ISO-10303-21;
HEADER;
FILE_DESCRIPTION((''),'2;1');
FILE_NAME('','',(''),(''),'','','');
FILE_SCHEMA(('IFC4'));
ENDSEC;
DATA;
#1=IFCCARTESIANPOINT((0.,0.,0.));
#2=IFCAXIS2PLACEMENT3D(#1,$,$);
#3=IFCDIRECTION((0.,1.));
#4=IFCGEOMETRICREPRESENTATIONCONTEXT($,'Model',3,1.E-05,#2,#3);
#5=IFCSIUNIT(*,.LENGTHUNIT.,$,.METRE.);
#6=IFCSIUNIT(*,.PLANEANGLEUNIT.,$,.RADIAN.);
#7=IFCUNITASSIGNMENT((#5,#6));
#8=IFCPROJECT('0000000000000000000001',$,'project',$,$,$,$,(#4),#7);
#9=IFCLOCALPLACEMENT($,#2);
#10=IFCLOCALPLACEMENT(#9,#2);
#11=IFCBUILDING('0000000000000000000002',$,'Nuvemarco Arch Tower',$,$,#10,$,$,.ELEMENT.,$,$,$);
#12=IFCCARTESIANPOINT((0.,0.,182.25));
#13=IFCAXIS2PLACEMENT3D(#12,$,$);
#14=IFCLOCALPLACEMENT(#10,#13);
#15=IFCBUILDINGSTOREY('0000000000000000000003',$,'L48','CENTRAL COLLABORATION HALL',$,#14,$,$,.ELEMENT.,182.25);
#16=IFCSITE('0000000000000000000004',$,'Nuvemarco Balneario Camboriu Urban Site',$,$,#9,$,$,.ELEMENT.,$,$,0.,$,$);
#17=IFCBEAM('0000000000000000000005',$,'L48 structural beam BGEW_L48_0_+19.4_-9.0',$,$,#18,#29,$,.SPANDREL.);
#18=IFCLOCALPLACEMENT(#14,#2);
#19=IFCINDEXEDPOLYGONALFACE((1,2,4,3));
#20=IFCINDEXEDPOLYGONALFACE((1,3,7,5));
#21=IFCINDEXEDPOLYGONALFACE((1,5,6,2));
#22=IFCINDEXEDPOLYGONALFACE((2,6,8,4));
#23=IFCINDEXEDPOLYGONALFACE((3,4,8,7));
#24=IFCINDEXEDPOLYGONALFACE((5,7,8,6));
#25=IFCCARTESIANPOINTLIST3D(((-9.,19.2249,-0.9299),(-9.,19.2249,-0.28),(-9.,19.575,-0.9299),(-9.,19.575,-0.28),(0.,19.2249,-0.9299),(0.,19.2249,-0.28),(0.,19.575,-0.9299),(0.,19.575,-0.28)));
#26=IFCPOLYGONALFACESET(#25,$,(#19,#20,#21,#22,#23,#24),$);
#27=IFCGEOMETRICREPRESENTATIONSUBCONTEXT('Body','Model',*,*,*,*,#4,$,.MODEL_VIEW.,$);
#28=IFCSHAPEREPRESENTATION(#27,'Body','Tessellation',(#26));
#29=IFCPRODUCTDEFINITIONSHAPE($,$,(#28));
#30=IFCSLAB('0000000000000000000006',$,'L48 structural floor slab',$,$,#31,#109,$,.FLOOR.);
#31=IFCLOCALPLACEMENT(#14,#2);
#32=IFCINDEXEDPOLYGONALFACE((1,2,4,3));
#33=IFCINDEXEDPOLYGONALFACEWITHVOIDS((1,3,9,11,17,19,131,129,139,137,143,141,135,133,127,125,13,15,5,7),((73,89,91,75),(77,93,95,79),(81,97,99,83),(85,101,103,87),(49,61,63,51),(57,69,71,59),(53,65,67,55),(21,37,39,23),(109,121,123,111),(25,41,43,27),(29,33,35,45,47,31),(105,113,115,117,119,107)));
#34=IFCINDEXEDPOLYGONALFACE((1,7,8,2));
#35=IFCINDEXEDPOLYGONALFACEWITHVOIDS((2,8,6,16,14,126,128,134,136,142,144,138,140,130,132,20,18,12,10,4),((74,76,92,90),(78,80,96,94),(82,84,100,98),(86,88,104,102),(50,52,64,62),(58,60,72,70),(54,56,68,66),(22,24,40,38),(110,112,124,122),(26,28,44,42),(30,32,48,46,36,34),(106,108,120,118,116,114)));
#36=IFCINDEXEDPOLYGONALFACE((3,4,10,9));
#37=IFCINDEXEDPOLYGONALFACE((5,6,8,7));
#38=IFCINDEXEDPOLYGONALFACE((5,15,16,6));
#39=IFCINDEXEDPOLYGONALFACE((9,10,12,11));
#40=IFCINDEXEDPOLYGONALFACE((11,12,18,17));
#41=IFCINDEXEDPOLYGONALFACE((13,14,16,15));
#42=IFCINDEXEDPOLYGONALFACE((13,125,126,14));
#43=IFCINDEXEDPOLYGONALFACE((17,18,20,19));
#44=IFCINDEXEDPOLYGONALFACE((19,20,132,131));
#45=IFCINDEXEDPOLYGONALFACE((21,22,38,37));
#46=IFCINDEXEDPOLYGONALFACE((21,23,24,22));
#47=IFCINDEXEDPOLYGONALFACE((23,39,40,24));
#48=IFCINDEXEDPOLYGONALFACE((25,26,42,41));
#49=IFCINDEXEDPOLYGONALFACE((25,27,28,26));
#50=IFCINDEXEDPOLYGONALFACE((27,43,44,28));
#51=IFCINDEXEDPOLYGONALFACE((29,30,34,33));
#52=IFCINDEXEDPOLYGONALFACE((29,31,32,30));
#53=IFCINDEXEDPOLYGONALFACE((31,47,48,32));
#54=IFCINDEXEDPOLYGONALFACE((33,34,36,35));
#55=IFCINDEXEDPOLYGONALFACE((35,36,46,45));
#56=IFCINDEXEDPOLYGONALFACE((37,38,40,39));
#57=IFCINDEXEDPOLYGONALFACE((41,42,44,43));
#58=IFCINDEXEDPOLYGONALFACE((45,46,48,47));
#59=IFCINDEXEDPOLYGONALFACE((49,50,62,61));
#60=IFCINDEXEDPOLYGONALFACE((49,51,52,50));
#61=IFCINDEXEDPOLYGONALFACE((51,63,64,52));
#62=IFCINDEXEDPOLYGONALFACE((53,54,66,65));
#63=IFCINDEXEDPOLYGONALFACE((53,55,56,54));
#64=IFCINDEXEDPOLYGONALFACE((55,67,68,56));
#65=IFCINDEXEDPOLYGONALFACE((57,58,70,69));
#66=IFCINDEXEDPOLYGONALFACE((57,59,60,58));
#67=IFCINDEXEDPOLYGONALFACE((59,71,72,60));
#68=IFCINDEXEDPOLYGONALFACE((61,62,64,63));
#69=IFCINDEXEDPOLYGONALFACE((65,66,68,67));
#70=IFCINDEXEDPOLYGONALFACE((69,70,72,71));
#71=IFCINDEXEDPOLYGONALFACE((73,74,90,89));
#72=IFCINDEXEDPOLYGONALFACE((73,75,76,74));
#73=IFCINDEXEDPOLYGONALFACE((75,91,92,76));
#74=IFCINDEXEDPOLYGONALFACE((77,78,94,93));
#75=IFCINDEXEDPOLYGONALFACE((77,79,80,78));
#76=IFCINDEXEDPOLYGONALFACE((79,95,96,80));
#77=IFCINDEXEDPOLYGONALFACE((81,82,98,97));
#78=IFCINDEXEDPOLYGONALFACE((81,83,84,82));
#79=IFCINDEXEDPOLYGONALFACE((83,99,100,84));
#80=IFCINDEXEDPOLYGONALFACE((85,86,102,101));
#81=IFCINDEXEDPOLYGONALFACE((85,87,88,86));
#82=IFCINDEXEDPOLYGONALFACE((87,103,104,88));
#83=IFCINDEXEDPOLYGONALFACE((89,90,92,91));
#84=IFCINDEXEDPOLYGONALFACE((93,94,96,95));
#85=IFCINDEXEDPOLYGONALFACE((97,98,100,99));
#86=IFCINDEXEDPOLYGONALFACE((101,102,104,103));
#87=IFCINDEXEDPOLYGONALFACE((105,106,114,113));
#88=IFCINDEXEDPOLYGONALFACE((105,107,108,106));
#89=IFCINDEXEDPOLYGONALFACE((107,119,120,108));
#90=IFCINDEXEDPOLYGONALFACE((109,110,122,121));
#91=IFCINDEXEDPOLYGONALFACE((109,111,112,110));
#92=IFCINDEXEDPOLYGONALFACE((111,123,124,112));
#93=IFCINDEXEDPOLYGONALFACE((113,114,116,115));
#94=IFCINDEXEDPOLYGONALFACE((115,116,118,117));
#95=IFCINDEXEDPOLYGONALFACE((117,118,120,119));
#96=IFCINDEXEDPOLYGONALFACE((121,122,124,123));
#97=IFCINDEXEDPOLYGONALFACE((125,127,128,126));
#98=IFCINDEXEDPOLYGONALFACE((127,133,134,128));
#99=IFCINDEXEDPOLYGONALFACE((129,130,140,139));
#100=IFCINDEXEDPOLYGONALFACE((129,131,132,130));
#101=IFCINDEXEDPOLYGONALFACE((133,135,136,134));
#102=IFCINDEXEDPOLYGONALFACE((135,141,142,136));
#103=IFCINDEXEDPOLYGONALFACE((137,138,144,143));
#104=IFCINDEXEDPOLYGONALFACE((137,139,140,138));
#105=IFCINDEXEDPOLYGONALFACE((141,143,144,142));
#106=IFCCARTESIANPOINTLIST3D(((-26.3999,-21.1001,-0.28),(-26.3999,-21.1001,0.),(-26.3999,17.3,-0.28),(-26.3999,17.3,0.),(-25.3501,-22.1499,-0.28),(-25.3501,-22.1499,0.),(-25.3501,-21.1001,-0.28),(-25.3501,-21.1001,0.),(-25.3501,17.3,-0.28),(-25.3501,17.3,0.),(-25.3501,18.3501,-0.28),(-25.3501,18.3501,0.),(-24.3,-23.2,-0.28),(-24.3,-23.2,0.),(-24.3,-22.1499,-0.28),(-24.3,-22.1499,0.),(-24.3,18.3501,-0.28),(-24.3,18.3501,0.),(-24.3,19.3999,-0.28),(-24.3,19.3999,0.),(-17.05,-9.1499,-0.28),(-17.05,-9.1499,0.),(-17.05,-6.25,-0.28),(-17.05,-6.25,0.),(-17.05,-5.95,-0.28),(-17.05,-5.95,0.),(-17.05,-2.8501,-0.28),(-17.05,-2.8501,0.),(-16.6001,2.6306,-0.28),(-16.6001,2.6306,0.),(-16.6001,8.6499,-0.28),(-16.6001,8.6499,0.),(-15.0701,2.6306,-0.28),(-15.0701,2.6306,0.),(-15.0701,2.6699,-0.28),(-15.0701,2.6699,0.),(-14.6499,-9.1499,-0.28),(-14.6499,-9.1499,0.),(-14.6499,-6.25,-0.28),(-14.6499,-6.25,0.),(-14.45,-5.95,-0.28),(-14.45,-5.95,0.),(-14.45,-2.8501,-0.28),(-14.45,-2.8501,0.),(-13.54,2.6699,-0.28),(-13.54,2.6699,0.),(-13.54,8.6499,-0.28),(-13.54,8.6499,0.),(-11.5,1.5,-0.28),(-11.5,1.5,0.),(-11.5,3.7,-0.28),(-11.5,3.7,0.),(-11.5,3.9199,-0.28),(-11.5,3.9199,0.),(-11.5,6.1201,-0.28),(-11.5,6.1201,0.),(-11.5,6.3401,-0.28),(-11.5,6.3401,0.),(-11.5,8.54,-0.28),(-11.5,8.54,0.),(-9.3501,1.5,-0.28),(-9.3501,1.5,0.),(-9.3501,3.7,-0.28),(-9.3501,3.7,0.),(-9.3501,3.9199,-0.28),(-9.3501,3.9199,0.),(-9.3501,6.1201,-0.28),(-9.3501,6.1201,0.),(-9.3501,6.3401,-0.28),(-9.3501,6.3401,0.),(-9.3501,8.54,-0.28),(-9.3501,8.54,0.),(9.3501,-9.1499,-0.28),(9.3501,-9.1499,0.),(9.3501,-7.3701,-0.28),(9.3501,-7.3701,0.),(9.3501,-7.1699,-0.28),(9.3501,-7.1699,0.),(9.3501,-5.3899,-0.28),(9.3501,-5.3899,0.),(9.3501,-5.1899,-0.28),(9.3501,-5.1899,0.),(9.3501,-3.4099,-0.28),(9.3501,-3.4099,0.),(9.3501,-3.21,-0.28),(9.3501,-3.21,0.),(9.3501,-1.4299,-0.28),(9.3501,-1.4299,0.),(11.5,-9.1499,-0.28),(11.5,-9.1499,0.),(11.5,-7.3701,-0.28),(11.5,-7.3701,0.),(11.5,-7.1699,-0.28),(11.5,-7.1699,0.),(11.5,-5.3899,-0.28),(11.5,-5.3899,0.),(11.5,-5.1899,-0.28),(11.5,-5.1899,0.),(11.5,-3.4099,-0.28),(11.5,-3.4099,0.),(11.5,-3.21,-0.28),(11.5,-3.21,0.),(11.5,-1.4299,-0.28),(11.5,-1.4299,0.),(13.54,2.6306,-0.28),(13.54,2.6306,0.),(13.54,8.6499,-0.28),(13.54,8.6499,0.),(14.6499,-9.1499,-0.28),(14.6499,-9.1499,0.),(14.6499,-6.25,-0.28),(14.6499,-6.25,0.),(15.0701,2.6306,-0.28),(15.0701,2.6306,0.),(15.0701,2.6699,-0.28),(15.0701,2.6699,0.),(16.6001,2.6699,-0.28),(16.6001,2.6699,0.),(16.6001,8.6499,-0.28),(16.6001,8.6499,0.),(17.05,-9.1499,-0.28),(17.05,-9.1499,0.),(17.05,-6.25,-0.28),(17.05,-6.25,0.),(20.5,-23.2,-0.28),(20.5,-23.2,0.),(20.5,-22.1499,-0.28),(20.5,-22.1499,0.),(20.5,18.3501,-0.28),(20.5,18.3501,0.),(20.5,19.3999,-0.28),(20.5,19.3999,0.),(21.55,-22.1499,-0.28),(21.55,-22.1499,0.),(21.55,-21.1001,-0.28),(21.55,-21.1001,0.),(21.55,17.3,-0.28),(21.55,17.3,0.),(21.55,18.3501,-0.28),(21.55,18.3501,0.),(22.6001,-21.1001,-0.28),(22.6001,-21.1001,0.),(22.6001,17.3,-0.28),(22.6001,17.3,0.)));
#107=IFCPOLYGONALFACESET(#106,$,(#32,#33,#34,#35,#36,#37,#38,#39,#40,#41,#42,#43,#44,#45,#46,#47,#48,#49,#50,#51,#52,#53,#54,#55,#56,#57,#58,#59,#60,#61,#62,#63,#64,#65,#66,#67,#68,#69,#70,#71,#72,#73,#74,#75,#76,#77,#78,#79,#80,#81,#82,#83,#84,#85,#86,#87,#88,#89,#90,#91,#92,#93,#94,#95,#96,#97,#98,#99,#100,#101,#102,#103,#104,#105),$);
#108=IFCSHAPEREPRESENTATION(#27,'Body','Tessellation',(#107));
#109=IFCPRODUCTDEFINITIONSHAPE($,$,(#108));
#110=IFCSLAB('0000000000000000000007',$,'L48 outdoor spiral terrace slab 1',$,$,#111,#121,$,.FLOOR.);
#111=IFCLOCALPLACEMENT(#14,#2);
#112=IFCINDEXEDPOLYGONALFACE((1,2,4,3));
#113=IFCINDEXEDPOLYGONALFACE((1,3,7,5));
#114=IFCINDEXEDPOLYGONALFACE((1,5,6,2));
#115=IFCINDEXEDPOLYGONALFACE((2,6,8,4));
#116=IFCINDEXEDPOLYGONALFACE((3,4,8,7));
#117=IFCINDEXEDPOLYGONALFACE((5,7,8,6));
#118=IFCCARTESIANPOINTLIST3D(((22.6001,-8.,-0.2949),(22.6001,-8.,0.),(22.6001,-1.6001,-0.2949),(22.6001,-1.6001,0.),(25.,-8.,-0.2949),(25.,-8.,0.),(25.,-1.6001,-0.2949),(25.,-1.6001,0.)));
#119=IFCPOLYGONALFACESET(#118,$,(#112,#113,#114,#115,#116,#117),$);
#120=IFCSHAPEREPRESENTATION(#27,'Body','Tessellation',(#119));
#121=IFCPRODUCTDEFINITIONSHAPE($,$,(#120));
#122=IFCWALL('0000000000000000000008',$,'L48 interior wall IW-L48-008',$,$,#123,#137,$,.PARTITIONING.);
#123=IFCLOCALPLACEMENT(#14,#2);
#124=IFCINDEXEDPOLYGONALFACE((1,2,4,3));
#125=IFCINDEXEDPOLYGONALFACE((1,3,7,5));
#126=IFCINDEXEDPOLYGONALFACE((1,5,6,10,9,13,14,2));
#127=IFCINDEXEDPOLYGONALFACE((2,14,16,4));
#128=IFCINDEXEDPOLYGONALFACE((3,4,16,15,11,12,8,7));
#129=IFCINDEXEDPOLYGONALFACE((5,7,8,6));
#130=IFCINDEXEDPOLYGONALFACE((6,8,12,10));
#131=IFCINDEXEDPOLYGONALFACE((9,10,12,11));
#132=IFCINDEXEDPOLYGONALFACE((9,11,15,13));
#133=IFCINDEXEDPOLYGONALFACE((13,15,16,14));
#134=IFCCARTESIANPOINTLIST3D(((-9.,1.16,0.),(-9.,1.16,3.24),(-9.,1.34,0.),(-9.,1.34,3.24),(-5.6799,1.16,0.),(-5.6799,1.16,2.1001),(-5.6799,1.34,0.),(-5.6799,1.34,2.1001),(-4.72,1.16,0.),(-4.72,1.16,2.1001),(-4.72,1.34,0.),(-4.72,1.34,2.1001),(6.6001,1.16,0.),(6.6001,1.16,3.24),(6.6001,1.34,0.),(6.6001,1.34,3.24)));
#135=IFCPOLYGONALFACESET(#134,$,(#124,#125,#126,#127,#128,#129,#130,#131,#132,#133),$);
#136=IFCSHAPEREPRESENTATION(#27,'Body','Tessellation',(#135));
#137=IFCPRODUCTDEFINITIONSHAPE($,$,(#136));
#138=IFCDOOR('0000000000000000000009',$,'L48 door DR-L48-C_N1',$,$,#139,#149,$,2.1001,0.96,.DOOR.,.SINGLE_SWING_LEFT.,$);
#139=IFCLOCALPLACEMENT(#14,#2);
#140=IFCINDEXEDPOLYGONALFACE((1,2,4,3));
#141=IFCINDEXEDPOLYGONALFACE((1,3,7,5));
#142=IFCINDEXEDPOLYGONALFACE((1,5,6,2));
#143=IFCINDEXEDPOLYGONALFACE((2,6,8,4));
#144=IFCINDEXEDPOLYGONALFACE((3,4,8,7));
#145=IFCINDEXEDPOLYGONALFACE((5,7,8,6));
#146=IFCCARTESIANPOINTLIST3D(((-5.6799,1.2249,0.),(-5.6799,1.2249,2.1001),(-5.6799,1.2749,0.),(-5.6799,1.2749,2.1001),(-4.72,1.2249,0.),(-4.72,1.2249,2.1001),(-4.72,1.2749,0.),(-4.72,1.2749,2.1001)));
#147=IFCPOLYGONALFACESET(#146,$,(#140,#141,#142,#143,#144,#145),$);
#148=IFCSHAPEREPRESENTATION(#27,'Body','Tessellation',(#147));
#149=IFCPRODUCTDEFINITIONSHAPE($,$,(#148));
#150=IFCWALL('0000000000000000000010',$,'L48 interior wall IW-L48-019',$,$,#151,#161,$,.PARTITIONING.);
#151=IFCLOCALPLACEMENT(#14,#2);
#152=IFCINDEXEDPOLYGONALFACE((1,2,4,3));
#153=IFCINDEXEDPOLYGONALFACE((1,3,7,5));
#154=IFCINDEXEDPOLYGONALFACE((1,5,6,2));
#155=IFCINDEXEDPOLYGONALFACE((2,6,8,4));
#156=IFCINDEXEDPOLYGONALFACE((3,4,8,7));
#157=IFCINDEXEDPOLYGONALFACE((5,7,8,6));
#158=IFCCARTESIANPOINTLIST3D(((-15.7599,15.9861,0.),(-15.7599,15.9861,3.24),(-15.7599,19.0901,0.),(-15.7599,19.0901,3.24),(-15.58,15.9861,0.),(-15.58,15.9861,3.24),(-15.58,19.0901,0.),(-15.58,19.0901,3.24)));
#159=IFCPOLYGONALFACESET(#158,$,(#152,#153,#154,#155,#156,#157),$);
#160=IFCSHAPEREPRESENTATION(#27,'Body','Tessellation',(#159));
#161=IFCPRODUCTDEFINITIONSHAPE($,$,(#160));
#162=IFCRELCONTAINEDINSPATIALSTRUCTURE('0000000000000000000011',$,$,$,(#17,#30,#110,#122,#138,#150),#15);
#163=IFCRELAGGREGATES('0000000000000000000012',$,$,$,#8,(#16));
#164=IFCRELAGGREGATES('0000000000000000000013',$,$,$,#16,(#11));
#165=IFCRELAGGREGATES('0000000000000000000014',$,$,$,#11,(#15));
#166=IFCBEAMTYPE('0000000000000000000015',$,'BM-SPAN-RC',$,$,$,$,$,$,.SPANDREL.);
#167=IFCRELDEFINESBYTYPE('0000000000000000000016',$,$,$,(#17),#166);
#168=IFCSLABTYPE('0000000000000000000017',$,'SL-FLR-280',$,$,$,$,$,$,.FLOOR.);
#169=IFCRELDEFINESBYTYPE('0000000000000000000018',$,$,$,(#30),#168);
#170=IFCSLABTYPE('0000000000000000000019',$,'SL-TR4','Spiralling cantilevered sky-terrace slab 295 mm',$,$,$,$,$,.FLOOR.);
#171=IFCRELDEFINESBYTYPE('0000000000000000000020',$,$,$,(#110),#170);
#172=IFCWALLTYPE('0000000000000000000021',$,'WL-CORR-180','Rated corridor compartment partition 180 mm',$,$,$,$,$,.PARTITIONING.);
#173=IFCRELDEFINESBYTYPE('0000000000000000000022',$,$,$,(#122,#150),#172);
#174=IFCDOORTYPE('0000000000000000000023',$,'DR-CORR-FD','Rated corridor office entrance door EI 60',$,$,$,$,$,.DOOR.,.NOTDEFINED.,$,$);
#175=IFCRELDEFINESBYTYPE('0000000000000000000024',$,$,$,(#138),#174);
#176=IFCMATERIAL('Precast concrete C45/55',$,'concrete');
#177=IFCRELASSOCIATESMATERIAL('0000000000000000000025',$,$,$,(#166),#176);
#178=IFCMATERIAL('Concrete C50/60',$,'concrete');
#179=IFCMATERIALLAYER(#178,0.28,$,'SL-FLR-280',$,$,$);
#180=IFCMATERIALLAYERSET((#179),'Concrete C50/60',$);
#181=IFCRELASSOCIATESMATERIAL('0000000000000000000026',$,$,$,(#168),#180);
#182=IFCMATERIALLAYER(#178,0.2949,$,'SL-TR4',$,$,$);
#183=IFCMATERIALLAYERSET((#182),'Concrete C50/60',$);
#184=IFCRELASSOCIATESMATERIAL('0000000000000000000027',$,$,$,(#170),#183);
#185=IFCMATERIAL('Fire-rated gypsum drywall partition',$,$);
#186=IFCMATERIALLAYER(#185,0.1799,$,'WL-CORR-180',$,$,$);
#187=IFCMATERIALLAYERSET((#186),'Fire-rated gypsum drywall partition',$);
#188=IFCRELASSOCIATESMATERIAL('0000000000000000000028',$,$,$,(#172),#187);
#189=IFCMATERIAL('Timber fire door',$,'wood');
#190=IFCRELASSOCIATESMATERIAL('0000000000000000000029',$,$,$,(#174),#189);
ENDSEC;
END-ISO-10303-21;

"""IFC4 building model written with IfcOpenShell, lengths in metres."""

from ifc_helpers import new_model, si_unit, direction, frame, frame_2d, origin, origin_2d, place, context, subcontext, project, spatial, polyline, rectangle, outline, extrude, source, transform, mapped, material, layer, layer_set, material_profile, profile_set, type_object, type_shapes, element, fill, save


model = new_model("IFC4")

# Units and contexts
model_context = context("Model", 3, precision=1e-05, world=origin(), true_north=direction((0.0, 1.0)))
body_context = subcontext(model_context, "Body", "Model", "MODEL_VIEW")
ifc_project = project(units=[si_unit("LENGTHUNIT", "METRE"), si_unit("PLANEANGLEUNIT", "RADIAN")], contexts=[model_context])

# Site, building, storey
site_placement = place(None, origin())
site = spatial("IfcSite", under=ifc_project, at=site_placement, Name="Nuvemarco Balneario Camboriu Urban Site", CompositionType="ELEMENT", RefElevation=0.0)
building_placement = place(site_placement, origin())
building = spatial("IfcBuilding", under=site, at=building_placement, Name="Nuvemarco Arch Tower", CompositionType="ELEMENT")
storey_placement = place(building_placement, frame((0.0, 0.0, 182.25)))
storey = spatial("IfcBuildingStorey", under=building, at=storey_placement, Name="L48", Description="CENTRAL COLLABORATION HALL", CompositionType="ELEMENT", Elevation=182.25)

# Shared definitions
ifc_material_1 = material(Name="Concrete C50/60", Category="concrete")

# Beam
ifc_material_2 = material(Name="Precast concrete C45/55", Category="concrete")
ifc_material_profile_1 = material_profile(ifc_material_2, rectangle(XDim=0.3501, YDim=0.6499, at=origin_2d()), Name="PC-SP-350x650")
ifc_profile_set_1 = profile_set([ifc_material_profile_1], Name="Precast concrete C45/55")
beam_type_1 = type_object("IfcBeamType", Name="BM-SPAN-RC", PredefinedType="SPANDREL", material=ifc_profile_set_1)
beam_1_placement = place(storey_placement, frame((-9.0, 19.3999, -0.605), z_axis=(1.0, 0.0, 0.0), x_axis=(0.0, 1.0, 0.0)))
element("IfcBeam", 1, at=beam_1_placement, inside=storey, type_object=beam_type_1, Name="L48 structural beam BGEW_L48_0_+19.4_-9.0", PredefinedType="SPANDREL", context=body_context, shape_type="SweptSolid", body=[
    extrude(rectangle(XDim=0.3501, YDim=0.6499, at=origin_2d()), origin(), (0.0, 0.0, 1.0), 9.0),
])

# Slabs
ifc_layer_1 = layer(ifc_material_1, 0.28, Name="SL-FLR-280")
ifc_layer_set_1 = layer_set([ifc_layer_1], Name="Concrete C50/60")
slab_type_1 = type_object("IfcSlabType", Name="SL-FLR-280", PredefinedType="FLOOR", material=ifc_layer_set_1)
slab_1_placement = place(storey_placement, frame((0.0, 0.0, -0.28)))
element("IfcSlab", 2, at=slab_1_placement, inside=storey, type_object=slab_type_1, Name="L48 structural floor slab", PredefinedType="FLOOR", context=body_context, shape_type="SweptSolid", body=[
    extrude(outline(polyline([(-24.3, -23.2), (20.5, -23.2), (20.5, -22.1499), (21.55, -22.1499), (21.55, -21.1001), (22.6001, -21.1001), (22.6001, 17.3), (21.55, 17.3), (21.55, 18.3501), (20.5, 18.3501), (20.5, 19.3999), (-24.3, 19.3999), (-24.3, 18.3501), (-25.3501, 18.3501), (-25.3501, 17.3), (-26.3999, 17.3), (-26.3999, -21.1001), (-25.3501, -21.1001), (-25.3501, -22.1499), (-24.3, -22.1499), (-24.3, -23.2)]), holes=[polyline([(-13.54, 2.6699), (-13.54, 8.6499), (-16.6001, 8.6499), (-16.6001, 2.6306), (-15.0701, 2.6306), (-15.0701, 2.6699), (-13.54, 2.6699)]), polyline([(16.6001, 2.6699), (16.6001, 8.6499), (13.54, 8.6499), (13.54, 2.6306), (15.0701, 2.6306), (15.0701, 2.6699), (16.6001, 2.6699)]), polyline([(-17.05, -9.1499), (-14.6499, -9.1499), (-14.6499, -6.25), (-17.05, -6.25), (-17.05, -9.1499)]), polyline([(-17.05, -5.95), (-14.45, -5.95), (-14.45, -2.8501), (-17.05, -2.8501), (-17.05, -5.95)]), polyline([(-11.5, 1.5), (-9.3501, 1.5), (-9.3501, 3.7), (-11.5, 3.7), (-11.5, 1.5)]), polyline([(-11.5, 3.9199), (-9.3501, 3.9199), (-9.3501, 6.1201), (-11.5, 6.1201), (-11.5, 3.9199)]), polyline([(-11.5, 6.3401), (-9.3501, 6.3401), (-9.3501, 8.54), (-11.5, 8.54), (-11.5, 6.3401)]), polyline([(14.6499, -9.1499), (17.05, -9.1499), (17.05, -6.25), (14.6499, -6.25), (14.6499, -9.1499)]), polyline([(9.3501, -9.1499), (11.5, -9.1499), (11.5, -7.3701), (9.3501, -7.3701), (9.3501, -9.1499)]), polyline([(9.3501, -7.1699), (11.5, -7.1699), (11.5, -5.3899), (9.3501, -5.3899), (9.3501, -7.1699)]), polyline([(9.3501, -5.1899), (11.5, -5.1899), (11.5, -3.4099), (9.3501, -3.4099), (9.3501, -5.1899)]), polyline([(9.3501, -3.21), (11.5, -3.21), (11.5, -1.4299), (9.3501, -1.4299), (9.3501, -3.21)])]), origin(), (0.0, 0.0, 1.0), 0.28),
])
ifc_layer_2 = layer(ifc_material_1, 0.2949, Name="SL-TR4")
ifc_layer_set_2 = layer_set([ifc_layer_2], Name="Concrete C50/60")
slab_type_2 = type_object("IfcSlabType", Name="SL-TR4", Description="Spiralling cantilevered sky-terrace slab 295 mm", PredefinedType="FLOOR", material=ifc_layer_set_2)
slab_2_placement = place(storey_placement, frame((0.0, 0.0, -0.2949)))
element("IfcSlab", 3, at=slab_2_placement, inside=storey, type_object=slab_type_2, Name="L48 outdoor spiral terrace slab 1", PredefinedType="FLOOR", context=body_context, shape_type="SweptSolid", body=[
    extrude(outline(polyline([(22.6001, -8.0), (25.0, -8.0), (25.0, -1.6001), (22.6001, -1.6001), (22.6001, -8.0)])), origin(), (0.0, 0.0, 1.0), 0.2949),
])

# Wall, opening, door
ifc_material_3 = material(Name="Fire-rated gypsum drywall partition")
ifc_layer_3 = layer(ifc_material_3, 0.1799, Name="WL-CORR-180")
ifc_layer_set_3 = layer_set([ifc_layer_3], Name="Fire-rated gypsum drywall partition")
wall_type_1 = type_object("IfcWallType", Name="WL-CORR-180", Description="Rated corridor compartment partition 180 mm", PredefinedType="PARTITIONING", material=ifc_layer_set_3)
wall_1_placement = place(storey_placement, frame((-9.0, 1.25, 0.0), z_axis=(0.0, 0.0, 1.0), x_axis=(1.0, 0.0, 0.0)))
wall_1 = element("IfcWall", 4, at=wall_1_placement, inside=storey, type_object=wall_type_1, Name="L48 interior wall IW-L48-008", PredefinedType="PARTITIONING", context=body_context, shape_type="SweptSolid", body=[
    extrude(rectangle(XDim=15.6001, YDim=0.1799, at=frame_2d((7.8, 0.0))), origin(), (0.0, 0.0, 1.0), 3.24),
])
opening_1_placement = place(wall_1_placement, frame((3.3201, 0.0, 0.0)))
opening_1 = element("IfcOpeningElement", 5, at=opening_1_placement, cuts=wall_1, PredefinedType="OPENING", context=body_context, shape_type="SweptSolid", body=[
    extrude(rectangle(XDim=0.96, YDim=2.1001, at=frame_2d((0.48, 1.05))), frame((0.0, 0.0999, 0.0), z_axis=(0.0, -1.0, 0.0), x_axis=(1.0, 0.0, 0.0)), (0.0, 0.0, 1.0), 0.2),
])
ifc_material_4 = material(Name="Timber fire door", Category="wood")
door_type_1 = type_object("IfcDoorType", Name="DR-CORR-FD", Description="Rated corridor office entrance door EI 60", OperationType="NOTDEFINED", PredefinedType="DOOR", material=ifc_material_4)
shared_shape_1 = source(origin(), body_context, "Body", "SweptSolid", [
    extrude(rectangle(XDim=0.96, YDim=2.1001, at=frame_2d((0.48, 1.05))), frame((0.0, 0.0249, 0.0), z_axis=(0.0, -1.0, 0.0), x_axis=(1.0, 0.0, 0.0)), (0.0, 0.0, 1.0), 0.05),
])
type_shapes(door_type_1, [shared_shape_1])
door_1_placement = place(opening_1_placement, origin())
door_1 = element("IfcDoor", 6, at=door_1_placement, inside=storey, type_object=door_type_1, Name="L48 door DR-L48-C_N1", OperationType="SINGLE_SWING_LEFT", OverallHeight=2.1001, OverallWidth=0.96, PredefinedType="DOOR", context=body_context, shape_type="MappedRepresentation", body=[
    mapped(shared_shape_1, transform((0.0, 0.0, 0.0), scale=1.0)),
])
fill(opening_1, door_1)

# Wall
wall_2_placement = place(storey_placement, frame((-15.6699, 15.9861, 0.0), z_axis=(0.0, 0.0, 1.0), x_axis=(0.0, 1.0, 0.0)))
element("IfcWall", 7, at=wall_2_placement, inside=storey, type_object=wall_type_1, Name="L48 interior wall IW-L48-019", PredefinedType="PARTITIONING", context=body_context, shape_type="SweptSolid", body=[
    extrude(rectangle(XDim=3.104, YDim=0.1799, at=frame_2d((1.552, 0.0))), origin(), (0.0, 0.0, 1.0), 3.24),
])

save(model, "model.ifc")
